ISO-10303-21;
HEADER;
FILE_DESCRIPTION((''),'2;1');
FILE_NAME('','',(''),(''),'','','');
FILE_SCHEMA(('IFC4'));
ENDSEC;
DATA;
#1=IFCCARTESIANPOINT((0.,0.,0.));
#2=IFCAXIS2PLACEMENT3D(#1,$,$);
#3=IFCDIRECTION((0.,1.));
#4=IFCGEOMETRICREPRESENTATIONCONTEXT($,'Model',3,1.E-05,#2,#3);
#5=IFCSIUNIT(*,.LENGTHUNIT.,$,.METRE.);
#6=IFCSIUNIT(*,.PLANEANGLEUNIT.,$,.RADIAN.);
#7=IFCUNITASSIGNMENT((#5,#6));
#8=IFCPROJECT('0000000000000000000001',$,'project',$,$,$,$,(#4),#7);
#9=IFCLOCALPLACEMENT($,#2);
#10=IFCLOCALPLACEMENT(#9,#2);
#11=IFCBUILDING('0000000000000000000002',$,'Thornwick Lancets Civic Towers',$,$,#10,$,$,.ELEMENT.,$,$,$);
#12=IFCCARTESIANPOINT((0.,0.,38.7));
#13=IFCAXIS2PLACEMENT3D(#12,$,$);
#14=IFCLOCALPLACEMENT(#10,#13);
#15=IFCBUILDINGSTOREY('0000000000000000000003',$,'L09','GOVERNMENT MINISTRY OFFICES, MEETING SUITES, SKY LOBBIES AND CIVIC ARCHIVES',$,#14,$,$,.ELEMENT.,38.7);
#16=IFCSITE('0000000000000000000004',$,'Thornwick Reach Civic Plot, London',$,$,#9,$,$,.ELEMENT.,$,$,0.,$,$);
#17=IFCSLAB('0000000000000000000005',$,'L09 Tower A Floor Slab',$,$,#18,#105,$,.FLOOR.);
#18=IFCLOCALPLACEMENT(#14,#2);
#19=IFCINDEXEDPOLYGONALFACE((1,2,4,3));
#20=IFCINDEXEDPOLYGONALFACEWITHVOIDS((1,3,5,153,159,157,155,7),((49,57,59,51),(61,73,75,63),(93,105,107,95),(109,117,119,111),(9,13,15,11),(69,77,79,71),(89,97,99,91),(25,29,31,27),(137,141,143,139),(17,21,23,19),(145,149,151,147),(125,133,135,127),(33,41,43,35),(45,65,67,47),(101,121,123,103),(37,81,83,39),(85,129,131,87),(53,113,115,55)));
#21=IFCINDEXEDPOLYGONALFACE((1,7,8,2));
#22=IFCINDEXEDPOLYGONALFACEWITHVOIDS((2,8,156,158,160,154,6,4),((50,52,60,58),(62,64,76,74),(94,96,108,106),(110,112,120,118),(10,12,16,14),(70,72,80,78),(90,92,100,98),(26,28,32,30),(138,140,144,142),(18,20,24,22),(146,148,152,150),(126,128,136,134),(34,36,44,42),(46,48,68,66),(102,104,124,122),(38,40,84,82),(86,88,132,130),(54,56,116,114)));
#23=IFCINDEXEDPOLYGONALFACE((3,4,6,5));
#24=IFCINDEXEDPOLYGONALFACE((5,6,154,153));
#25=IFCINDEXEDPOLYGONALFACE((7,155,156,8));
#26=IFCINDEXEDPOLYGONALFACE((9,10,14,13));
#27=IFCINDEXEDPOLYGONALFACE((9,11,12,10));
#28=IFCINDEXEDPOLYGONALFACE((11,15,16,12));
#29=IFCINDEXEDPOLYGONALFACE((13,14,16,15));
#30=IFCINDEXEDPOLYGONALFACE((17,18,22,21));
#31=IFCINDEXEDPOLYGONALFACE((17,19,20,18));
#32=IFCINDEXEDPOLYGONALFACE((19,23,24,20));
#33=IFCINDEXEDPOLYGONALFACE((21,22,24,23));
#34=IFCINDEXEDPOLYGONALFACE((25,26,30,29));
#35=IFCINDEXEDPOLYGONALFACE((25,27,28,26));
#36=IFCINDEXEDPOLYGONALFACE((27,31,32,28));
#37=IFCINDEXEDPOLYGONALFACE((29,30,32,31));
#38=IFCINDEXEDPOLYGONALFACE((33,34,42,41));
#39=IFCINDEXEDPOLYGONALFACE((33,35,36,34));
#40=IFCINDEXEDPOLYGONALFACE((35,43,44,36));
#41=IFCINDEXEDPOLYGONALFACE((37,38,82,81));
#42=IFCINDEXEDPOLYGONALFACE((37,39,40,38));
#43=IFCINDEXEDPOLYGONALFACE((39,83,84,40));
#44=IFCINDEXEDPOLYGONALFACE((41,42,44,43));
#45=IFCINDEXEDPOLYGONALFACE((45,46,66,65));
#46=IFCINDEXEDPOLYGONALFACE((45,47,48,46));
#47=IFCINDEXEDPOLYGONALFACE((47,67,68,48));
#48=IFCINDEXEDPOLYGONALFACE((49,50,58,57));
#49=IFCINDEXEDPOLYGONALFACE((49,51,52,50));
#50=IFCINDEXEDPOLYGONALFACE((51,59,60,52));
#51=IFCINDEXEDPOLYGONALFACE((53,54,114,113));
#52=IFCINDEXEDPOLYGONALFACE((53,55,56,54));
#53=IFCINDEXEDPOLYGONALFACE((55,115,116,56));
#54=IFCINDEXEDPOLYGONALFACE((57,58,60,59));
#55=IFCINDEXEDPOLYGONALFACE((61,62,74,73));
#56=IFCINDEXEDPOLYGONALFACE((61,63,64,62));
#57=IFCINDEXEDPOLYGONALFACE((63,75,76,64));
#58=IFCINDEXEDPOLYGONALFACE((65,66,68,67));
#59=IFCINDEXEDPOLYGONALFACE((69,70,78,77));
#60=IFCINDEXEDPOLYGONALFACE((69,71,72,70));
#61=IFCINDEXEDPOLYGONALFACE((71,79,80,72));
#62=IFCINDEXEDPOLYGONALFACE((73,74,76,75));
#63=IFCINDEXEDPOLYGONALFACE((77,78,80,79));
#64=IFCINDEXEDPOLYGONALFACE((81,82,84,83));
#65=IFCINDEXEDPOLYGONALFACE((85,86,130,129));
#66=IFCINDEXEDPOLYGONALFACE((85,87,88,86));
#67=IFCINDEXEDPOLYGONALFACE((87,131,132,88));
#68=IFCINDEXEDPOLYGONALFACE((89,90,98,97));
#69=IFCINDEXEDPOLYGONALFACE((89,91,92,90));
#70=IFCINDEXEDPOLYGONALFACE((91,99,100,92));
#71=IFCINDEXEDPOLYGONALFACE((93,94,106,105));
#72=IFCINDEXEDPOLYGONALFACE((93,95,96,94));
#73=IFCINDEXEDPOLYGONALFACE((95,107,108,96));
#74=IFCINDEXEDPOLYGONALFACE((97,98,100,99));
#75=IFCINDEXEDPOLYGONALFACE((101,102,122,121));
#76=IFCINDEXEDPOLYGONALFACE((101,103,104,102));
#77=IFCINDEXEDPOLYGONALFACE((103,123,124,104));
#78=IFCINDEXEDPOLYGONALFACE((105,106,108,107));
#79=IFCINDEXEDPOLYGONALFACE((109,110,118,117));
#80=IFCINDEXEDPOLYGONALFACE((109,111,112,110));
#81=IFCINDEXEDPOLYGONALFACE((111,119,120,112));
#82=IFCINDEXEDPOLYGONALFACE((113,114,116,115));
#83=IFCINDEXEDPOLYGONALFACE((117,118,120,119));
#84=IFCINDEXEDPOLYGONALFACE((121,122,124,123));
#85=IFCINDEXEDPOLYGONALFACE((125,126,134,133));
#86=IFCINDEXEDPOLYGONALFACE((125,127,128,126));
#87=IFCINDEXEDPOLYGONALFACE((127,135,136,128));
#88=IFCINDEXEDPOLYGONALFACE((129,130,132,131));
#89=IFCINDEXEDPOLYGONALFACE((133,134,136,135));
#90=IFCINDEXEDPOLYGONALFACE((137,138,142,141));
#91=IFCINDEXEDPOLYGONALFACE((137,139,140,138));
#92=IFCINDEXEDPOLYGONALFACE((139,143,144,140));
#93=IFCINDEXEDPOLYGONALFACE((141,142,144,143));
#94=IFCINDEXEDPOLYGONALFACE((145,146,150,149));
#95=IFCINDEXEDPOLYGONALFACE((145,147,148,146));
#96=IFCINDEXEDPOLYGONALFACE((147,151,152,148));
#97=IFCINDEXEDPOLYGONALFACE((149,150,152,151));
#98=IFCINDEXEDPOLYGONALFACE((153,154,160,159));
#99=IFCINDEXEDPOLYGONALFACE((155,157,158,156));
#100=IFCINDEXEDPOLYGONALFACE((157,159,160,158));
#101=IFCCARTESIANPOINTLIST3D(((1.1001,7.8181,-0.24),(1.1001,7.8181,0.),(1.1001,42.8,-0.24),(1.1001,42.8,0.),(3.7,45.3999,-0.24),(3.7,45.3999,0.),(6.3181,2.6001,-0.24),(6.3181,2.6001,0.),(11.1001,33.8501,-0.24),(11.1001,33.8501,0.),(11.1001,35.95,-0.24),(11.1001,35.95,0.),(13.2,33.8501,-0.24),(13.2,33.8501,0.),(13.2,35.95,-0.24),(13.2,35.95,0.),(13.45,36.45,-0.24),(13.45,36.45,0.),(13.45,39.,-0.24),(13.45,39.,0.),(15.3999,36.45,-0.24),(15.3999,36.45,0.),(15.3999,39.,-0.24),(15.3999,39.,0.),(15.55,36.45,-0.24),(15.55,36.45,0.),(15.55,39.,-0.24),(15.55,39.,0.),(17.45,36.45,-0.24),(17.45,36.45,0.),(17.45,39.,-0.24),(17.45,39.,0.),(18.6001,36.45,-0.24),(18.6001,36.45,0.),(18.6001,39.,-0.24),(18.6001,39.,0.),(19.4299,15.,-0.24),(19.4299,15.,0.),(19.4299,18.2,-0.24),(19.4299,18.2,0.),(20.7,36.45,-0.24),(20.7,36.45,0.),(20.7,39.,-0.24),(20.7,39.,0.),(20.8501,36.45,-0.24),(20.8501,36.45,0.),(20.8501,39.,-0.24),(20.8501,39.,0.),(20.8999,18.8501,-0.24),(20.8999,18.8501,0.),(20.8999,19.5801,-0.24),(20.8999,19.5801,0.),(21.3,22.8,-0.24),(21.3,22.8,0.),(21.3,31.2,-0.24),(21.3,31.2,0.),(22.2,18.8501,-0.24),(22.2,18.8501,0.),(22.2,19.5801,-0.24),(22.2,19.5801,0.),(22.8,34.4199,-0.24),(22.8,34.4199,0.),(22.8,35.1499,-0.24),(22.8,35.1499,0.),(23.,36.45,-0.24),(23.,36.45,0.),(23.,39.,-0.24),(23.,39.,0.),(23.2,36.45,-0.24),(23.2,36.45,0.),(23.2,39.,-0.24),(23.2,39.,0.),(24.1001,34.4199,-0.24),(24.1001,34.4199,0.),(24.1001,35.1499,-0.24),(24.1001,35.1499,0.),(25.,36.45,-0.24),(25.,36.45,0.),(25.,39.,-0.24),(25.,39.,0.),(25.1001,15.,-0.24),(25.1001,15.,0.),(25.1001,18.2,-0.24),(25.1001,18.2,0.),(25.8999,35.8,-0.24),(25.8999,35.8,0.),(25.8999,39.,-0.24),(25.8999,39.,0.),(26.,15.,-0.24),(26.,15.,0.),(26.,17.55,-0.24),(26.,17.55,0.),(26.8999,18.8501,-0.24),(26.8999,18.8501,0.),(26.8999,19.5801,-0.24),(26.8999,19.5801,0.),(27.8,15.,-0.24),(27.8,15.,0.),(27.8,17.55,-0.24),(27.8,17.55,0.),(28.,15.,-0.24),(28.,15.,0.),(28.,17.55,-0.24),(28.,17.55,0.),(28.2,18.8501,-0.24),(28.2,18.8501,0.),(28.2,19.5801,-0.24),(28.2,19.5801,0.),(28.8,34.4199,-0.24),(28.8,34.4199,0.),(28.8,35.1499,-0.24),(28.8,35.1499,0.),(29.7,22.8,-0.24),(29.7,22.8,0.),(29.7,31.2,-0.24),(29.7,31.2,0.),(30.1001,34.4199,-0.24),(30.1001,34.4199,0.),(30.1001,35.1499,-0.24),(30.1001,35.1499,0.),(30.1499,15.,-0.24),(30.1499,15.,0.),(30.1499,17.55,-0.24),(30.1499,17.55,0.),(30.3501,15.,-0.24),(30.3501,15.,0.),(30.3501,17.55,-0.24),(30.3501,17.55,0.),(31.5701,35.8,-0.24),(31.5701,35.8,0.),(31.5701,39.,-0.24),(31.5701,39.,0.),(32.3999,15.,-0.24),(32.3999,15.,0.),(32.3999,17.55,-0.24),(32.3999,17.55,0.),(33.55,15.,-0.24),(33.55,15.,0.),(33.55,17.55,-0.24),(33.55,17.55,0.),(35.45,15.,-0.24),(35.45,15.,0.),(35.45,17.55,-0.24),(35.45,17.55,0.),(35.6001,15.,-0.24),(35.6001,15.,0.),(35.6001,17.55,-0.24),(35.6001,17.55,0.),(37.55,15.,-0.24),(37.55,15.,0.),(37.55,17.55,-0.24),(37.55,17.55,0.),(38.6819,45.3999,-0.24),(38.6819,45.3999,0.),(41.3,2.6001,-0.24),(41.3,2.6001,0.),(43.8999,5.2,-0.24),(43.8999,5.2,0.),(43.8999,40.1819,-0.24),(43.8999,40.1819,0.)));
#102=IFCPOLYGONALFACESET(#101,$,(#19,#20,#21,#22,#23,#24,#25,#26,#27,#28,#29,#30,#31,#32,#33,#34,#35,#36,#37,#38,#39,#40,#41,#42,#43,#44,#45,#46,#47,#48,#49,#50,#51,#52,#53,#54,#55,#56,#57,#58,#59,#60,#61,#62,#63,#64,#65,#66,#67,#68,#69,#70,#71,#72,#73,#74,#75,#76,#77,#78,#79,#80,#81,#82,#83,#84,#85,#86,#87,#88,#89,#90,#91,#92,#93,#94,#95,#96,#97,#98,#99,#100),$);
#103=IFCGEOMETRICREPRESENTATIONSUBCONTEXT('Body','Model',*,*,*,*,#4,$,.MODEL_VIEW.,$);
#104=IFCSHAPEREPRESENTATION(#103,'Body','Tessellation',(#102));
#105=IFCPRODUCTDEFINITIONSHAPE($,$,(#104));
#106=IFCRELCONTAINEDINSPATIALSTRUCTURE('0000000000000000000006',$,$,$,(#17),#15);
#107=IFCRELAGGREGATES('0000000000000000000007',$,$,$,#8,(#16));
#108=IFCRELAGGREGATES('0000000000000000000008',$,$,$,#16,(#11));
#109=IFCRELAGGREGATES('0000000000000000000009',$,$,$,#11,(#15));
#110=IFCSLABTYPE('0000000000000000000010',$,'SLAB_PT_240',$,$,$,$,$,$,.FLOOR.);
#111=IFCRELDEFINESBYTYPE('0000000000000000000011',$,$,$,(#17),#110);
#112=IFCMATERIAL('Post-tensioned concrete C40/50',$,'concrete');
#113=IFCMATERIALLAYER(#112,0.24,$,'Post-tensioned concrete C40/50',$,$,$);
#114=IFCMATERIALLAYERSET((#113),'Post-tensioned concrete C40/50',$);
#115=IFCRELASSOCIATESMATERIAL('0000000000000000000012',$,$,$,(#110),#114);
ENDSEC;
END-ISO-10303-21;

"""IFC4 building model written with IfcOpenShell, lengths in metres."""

from ifc_helpers import new_model, si_unit, direction, frame, origin, place, context, subcontext, project, spatial, polyline, outline, extrude, material, layer, layer_set, type_object, element, save


model = new_model("IFC4")

# Units and contexts
model_context = context("Model", 3, precision=1e-05, world=origin(), true_north=direction((0.0, 1.0)))
body_context = subcontext(model_context, "Body", "Model", "MODEL_VIEW")
ifc_project = project(units=[si_unit("LENGTHUNIT", "METRE"), si_unit("PLANEANGLEUNIT", "RADIAN")], contexts=[model_context])

# Site, building, storey
site_placement = place(None, origin())
site = spatial("IfcSite", under=ifc_project, at=site_placement, Name="Thornwick Reach Civic Plot, London", CompositionType="ELEMENT", RefElevation=0.0)
building_placement = place(site_placement, origin())
building = spatial("IfcBuilding", under=site, at=building_placement, Name="Thornwick Lancets Civic Towers", CompositionType="ELEMENT")
storey_placement = place(building_placement, frame((0.0, 0.0, 38.7)))
storey = spatial("IfcBuildingStorey", under=building, at=storey_placement, Name="L09", Description="GOVERNMENT MINISTRY OFFICES, MEETING SUITES, SKY LOBBIES AND CIVIC ARCHIVES", CompositionType="ELEMENT", Elevation=38.7)

# Shared definitions
ifc_material_1 = material(Name="Post-tensioned concrete C40/50", Category="concrete")

# Slab
ifc_layer_1 = layer(ifc_material_1, 0.24, Name="Post-tensioned concrete C40/50")
ifc_layer_set_1 = layer_set([ifc_layer_1], Name="Post-tensioned concrete C40/50")
slab_type_1 = type_object("IfcSlabType", Name="SLAB_PT_240", PredefinedType="FLOOR", material=ifc_layer_set_1)
slab_1_placement = place(storey_placement, frame((0.0, 0.0, -0.24)))
element("IfcSlab", 1, at=slab_1_placement, inside=storey, type_object=slab_type_1, Name="L09 Tower A Floor Slab", PredefinedType="FLOOR", context=body_context, shape_type="SweptSolid", body=[
    extrude(outline(polyline([(6.3181, 2.6001), (41.3, 2.6001), (43.8999, 5.2), (43.8999, 40.1819), (38.6819, 45.3999), (3.7, 45.3999), (1.1001, 42.8), (1.1001, 7.8181), (6.3181, 2.6001)]), holes=[polyline([(21.3, 22.8), (29.7, 22.8), (29.7, 31.2), (21.3, 31.2), (21.3, 22.8)]), polyline([(19.4299, 15.0), (25.1001, 15.0), (25.1001, 18.2), (19.4299, 18.2), (19.4299, 15.0)]), polyline([(31.5701, 39.0), (25.8999, 39.0), (25.8999, 35.8), (31.5701, 35.8), (31.5701, 39.0)]), polyline([(26.0, 15.0), (27.8, 15.0), (27.8, 17.55), (26.0, 17.55), (26.0, 15.0)]), polyline([(28.0, 15.0), (30.1499, 15.0), (30.1499, 17.55), (28.0, 17.55), (28.0, 15.0)]), polyline([(30.3501, 15.0), (32.3999, 15.0), (32.3999, 17.55), (30.3501, 17.55), (30.3501, 15.0)]), polyline([(33.55, 15.0), (35.45, 15.0), (35.45, 17.55), (33.55, 17.55), (33.55, 15.0)]), polyline([(35.6001, 15.0), (37.55, 15.0), (37.55, 17.55), (35.6001, 17.55), (35.6001, 15.0)]), polyline([(23.2, 36.45), (25.0, 36.45), (25.0, 39.0), (23.2, 39.0), (23.2, 36.45)]), polyline([(20.8501, 36.45), (23.0, 36.45), (23.0, 39.0), (20.8501, 39.0), (20.8501, 36.45)]), polyline([(18.6001, 36.45), (20.7, 36.45), (20.7, 39.0), (18.6001, 39.0), (18.6001, 36.45)]), polyline([(15.55, 36.45), (17.45, 36.45), (17.45, 39.0), (15.55, 39.0), (15.55, 36.45)]), polyline([(13.45, 36.45), (15.3999, 36.45), (15.3999, 39.0), (13.45, 39.0), (13.45, 36.45)]), polyline([(11.1001, 33.8501), (13.2, 33.8501), (13.2, 35.95), (11.1001, 35.95), (11.1001, 33.8501)]), polyline([(26.8999, 18.8501), (28.2, 18.8501), (28.2, 19.5801), (26.8999, 19.5801), (26.8999, 18.8501)]), polyline([(20.8999, 18.8501), (22.2, 18.8501), (22.2, 19.5801), (20.8999, 19.5801), (20.8999, 18.8501)]), polyline([(22.8, 34.4199), (24.1001, 34.4199), (24.1001, 35.1499), (22.8, 35.1499), (22.8, 34.4199)]), polyline([(28.8, 34.4199), (30.1001, 34.4199), (30.1001, 35.1499), (28.8, 35.1499), (28.8, 34.4199)])]), origin(), (0.0, 0.0, 1.0), 0.24),
])

save(model, "model.ifc")
